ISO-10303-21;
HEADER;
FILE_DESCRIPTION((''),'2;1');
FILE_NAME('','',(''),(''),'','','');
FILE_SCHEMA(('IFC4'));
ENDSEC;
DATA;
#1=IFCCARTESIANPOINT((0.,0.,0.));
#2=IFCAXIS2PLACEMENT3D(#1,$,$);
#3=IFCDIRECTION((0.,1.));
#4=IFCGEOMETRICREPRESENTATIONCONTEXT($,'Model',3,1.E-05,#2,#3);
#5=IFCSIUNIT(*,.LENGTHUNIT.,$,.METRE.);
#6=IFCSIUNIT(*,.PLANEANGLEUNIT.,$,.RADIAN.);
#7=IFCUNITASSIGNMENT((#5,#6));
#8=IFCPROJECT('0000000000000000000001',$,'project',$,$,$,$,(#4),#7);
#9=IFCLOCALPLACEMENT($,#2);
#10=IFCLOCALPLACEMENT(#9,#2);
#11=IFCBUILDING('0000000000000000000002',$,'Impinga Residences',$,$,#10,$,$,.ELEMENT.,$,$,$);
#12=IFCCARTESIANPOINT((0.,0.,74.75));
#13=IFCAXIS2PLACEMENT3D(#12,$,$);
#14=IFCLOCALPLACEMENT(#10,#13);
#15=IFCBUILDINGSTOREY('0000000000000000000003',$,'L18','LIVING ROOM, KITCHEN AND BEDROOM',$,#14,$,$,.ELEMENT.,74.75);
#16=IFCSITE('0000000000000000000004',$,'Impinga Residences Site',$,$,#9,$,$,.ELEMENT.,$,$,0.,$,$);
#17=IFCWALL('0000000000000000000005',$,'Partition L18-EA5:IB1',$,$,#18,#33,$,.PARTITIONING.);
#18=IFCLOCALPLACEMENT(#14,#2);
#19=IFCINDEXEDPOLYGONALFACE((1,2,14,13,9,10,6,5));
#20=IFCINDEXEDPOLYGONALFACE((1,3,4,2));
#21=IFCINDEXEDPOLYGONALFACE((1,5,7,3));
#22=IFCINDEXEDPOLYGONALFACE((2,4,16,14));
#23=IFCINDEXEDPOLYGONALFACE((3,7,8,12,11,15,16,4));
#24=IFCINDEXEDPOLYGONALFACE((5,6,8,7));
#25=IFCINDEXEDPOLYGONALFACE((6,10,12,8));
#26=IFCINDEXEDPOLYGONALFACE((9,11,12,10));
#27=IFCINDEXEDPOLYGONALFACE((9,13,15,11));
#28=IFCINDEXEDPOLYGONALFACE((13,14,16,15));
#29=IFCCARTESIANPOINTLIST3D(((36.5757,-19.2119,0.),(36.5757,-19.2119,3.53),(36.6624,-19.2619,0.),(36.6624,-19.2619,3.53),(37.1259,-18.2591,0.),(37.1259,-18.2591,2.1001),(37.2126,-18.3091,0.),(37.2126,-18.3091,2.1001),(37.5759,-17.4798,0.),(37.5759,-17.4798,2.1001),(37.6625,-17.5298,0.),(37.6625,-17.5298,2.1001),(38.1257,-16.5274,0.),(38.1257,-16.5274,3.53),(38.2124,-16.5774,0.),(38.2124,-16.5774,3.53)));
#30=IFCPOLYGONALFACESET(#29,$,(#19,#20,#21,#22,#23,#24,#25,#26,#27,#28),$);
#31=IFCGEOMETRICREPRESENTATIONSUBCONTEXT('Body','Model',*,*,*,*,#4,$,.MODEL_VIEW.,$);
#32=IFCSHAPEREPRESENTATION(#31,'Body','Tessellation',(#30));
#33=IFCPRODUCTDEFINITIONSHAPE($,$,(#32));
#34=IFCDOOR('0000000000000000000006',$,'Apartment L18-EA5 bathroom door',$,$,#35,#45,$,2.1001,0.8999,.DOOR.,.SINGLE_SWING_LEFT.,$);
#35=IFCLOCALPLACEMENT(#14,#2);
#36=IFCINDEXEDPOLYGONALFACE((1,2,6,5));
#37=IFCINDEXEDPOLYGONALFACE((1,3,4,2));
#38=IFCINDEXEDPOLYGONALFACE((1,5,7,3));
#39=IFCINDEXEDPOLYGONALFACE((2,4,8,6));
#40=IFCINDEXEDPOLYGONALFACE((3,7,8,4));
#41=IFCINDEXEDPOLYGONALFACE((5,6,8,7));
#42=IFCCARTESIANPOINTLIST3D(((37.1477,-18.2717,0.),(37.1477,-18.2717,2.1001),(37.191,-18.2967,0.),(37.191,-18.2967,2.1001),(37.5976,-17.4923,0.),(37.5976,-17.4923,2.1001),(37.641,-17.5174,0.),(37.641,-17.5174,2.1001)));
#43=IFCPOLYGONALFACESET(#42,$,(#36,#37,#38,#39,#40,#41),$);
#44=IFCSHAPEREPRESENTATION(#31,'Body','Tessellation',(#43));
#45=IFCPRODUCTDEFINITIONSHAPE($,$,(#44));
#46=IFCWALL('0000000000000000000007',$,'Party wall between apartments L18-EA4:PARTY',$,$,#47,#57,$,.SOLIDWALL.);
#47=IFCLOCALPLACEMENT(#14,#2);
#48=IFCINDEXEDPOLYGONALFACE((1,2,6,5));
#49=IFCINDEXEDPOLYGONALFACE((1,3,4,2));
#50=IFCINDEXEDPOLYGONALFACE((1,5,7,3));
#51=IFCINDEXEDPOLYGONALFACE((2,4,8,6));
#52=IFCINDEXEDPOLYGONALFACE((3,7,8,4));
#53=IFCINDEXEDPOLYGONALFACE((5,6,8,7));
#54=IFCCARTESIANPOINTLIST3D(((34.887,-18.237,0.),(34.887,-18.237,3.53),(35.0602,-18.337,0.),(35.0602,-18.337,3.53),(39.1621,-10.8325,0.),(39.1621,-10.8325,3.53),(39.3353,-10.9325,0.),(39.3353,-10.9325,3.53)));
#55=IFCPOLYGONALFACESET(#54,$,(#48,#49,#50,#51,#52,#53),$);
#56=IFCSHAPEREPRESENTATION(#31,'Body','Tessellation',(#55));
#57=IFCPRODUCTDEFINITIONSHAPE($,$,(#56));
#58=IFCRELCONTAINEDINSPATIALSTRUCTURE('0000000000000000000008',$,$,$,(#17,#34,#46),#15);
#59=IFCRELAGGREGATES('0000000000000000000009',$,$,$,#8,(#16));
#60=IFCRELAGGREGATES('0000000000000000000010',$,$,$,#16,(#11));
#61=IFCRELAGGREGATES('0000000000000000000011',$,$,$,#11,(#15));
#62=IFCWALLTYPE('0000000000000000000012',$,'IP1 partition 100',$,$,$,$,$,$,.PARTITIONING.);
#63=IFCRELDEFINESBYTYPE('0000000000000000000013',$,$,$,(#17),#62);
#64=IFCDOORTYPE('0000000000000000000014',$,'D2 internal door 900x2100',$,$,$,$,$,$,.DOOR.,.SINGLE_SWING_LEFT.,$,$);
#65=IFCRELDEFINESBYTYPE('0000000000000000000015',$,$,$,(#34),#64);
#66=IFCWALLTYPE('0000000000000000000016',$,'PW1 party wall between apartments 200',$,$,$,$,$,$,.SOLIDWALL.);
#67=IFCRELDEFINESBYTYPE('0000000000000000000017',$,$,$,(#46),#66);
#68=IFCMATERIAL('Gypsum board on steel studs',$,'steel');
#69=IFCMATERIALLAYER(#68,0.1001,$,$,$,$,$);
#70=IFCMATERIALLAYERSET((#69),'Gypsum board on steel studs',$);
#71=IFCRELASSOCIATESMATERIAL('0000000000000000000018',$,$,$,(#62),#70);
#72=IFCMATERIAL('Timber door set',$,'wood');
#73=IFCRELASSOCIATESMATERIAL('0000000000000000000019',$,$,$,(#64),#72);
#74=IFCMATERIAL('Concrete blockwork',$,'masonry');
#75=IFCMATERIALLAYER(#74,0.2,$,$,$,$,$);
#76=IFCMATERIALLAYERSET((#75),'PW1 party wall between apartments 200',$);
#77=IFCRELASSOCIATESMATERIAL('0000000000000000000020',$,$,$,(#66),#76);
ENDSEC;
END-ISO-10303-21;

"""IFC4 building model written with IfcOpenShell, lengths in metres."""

from ifc_helpers import new_model, si_unit, direction, frame, frame_2d, origin, place, context, subcontext, project, spatial, rectangle, extrude, material, layer, layer_set, type_object, element, fill, save


model = new_model("IFC4")

# Units and contexts
model_context = context("Model", 3, precision=1e-05, world=origin(), true_north=direction((0.0, 1.0)))
body_context = subcontext(model_context, "Body", "Model", "MODEL_VIEW")
ifc_project = project(units=[si_unit("LENGTHUNIT", "METRE"), si_unit("PLANEANGLEUNIT", "RADIAN")], contexts=[model_context])

# Site, building, storey
site_placement = place(None, origin())
site = spatial("IfcSite", under=ifc_project, at=site_placement, Name="Impinga Residences Site", CompositionType="ELEMENT", RefElevation=0.0)
building_placement = place(site_placement, origin())
building = spatial("IfcBuilding", under=site, at=building_placement, Name="Impinga Residences", CompositionType="ELEMENT")
storey_placement = place(building_placement, frame((0.0, 0.0, 74.75)))
storey = spatial("IfcBuildingStorey", under=building, at=storey_placement, Name="L18", Description="LIVING ROOM, KITCHEN AND BEDROOM", CompositionType="ELEMENT", Elevation=74.75)

# Shared definitions
ifc_material_1 = material(Name="Gypsum board on steel studs", Category="steel")
ifc_layer_1 = layer(ifc_material_1, 0.1001)
ifc_layer_set_1 = layer_set([ifc_layer_1], Name="Gypsum board on steel studs")
wall_type_1 = type_object("IfcWallType", Name="IP1 partition 100", PredefinedType="PARTITIONING", material=ifc_layer_set_1)

# Wall, opening, door
wall_1_placement = place(storey_placement, frame((36.6191, -19.2368, 0.0), z_axis=(0.0, 0.0, 1.0), x_axis=(0.500027, 0.86601, 0.0)))
wall_1 = element("IfcWall", 1, at=wall_1_placement, inside=storey, type_object=wall_type_1, Name="Partition L18-EA5:IB1", PredefinedType="PARTITIONING", context=body_context, shape_type="SweptSolid", body=[
    extrude(rectangle(XDim=3.0999, YDim=0.1001, at=frame_2d((1.5498, 0.0))), origin(), (0.0, 0.0, 1.0), 3.53),
])
opening_1_placement = place(wall_1_placement, frame((1.1001, 0.0, 0.0)))
opening_1 = element("IfcOpeningElement", 2, at=opening_1_placement, cuts=wall_1, PredefinedType="OPENING", context=body_context, shape_type="SweptSolid", body=[
    extrude(rectangle(XDim=0.8999, YDim=2.1001, at=frame_2d((0.45, 1.05))), frame((0.0, 0.0601, 0.0), z_axis=(0.0, -1.0, 0.0), x_axis=(1.0, 0.0, 0.0)), (0.0, 0.0, 1.0), 0.1201),
])
ifc_material_2 = material(Name="Timber door set", Category="wood")
door_type = type_object("IfcDoorType", Name="D2 internal door 900x2100", OperationType="SINGLE_SWING_LEFT", PredefinedType="DOOR", material=ifc_material_2)
door_placement = place(opening_1_placement, origin())
door = element("IfcDoor", 3, at=door_placement, inside=storey, type_object=door_type, Name="Apartment L18-EA5 bathroom door", OperationType="SINGLE_SWING_LEFT", OverallHeight=2.1001, OverallWidth=0.8999, PredefinedType="DOOR", context=body_context, shape_type="SweptSolid", body=[
    extrude(rectangle(XDim=0.8999, YDim=2.1001, at=frame_2d((0.45, 1.05))), frame((0.0, 0.0249, 0.0), z_axis=(0.0, -1.0, 0.0), x_axis=(1.0, 0.0, 0.0)), (0.0, 0.0, 1.0), 0.05),
])
fill(opening_1, door)

# Wall
ifc_material_3 = material(Name="Concrete blockwork", Category="masonry")
ifc_layer_2 = layer(ifc_material_3, 0.2)
ifc_layer_set_2 = layer_set([ifc_layer_2], Name="PW1 party wall between apartments 200")
wall_type_2 = type_object("IfcWallType", Name="PW1 party wall between apartments 200", PredefinedType="SOLIDWALL", material=ifc_layer_set_2)
wall_2_placement = place(storey_placement, frame((34.9736, -18.2869, 0.0), z_axis=(0.0, 0.0, 1.0), x_axis=(0.500012, 0.866019, 0.0)))
element("IfcWall", 4, at=wall_2_placement, inside=storey, type_object=wall_type_2, Name="Party wall between apartments L18-EA4:PARTY", PredefinedType="SOLIDWALL", context=body_context, shape_type="SweptSolid", body=[
    extrude(rectangle(XDim=8.55, YDim=0.2, at=frame_2d((4.2749, 0.0))), origin(), (0.0, 0.0, 1.0), 3.53),
])

save(model, "model.ifc")
